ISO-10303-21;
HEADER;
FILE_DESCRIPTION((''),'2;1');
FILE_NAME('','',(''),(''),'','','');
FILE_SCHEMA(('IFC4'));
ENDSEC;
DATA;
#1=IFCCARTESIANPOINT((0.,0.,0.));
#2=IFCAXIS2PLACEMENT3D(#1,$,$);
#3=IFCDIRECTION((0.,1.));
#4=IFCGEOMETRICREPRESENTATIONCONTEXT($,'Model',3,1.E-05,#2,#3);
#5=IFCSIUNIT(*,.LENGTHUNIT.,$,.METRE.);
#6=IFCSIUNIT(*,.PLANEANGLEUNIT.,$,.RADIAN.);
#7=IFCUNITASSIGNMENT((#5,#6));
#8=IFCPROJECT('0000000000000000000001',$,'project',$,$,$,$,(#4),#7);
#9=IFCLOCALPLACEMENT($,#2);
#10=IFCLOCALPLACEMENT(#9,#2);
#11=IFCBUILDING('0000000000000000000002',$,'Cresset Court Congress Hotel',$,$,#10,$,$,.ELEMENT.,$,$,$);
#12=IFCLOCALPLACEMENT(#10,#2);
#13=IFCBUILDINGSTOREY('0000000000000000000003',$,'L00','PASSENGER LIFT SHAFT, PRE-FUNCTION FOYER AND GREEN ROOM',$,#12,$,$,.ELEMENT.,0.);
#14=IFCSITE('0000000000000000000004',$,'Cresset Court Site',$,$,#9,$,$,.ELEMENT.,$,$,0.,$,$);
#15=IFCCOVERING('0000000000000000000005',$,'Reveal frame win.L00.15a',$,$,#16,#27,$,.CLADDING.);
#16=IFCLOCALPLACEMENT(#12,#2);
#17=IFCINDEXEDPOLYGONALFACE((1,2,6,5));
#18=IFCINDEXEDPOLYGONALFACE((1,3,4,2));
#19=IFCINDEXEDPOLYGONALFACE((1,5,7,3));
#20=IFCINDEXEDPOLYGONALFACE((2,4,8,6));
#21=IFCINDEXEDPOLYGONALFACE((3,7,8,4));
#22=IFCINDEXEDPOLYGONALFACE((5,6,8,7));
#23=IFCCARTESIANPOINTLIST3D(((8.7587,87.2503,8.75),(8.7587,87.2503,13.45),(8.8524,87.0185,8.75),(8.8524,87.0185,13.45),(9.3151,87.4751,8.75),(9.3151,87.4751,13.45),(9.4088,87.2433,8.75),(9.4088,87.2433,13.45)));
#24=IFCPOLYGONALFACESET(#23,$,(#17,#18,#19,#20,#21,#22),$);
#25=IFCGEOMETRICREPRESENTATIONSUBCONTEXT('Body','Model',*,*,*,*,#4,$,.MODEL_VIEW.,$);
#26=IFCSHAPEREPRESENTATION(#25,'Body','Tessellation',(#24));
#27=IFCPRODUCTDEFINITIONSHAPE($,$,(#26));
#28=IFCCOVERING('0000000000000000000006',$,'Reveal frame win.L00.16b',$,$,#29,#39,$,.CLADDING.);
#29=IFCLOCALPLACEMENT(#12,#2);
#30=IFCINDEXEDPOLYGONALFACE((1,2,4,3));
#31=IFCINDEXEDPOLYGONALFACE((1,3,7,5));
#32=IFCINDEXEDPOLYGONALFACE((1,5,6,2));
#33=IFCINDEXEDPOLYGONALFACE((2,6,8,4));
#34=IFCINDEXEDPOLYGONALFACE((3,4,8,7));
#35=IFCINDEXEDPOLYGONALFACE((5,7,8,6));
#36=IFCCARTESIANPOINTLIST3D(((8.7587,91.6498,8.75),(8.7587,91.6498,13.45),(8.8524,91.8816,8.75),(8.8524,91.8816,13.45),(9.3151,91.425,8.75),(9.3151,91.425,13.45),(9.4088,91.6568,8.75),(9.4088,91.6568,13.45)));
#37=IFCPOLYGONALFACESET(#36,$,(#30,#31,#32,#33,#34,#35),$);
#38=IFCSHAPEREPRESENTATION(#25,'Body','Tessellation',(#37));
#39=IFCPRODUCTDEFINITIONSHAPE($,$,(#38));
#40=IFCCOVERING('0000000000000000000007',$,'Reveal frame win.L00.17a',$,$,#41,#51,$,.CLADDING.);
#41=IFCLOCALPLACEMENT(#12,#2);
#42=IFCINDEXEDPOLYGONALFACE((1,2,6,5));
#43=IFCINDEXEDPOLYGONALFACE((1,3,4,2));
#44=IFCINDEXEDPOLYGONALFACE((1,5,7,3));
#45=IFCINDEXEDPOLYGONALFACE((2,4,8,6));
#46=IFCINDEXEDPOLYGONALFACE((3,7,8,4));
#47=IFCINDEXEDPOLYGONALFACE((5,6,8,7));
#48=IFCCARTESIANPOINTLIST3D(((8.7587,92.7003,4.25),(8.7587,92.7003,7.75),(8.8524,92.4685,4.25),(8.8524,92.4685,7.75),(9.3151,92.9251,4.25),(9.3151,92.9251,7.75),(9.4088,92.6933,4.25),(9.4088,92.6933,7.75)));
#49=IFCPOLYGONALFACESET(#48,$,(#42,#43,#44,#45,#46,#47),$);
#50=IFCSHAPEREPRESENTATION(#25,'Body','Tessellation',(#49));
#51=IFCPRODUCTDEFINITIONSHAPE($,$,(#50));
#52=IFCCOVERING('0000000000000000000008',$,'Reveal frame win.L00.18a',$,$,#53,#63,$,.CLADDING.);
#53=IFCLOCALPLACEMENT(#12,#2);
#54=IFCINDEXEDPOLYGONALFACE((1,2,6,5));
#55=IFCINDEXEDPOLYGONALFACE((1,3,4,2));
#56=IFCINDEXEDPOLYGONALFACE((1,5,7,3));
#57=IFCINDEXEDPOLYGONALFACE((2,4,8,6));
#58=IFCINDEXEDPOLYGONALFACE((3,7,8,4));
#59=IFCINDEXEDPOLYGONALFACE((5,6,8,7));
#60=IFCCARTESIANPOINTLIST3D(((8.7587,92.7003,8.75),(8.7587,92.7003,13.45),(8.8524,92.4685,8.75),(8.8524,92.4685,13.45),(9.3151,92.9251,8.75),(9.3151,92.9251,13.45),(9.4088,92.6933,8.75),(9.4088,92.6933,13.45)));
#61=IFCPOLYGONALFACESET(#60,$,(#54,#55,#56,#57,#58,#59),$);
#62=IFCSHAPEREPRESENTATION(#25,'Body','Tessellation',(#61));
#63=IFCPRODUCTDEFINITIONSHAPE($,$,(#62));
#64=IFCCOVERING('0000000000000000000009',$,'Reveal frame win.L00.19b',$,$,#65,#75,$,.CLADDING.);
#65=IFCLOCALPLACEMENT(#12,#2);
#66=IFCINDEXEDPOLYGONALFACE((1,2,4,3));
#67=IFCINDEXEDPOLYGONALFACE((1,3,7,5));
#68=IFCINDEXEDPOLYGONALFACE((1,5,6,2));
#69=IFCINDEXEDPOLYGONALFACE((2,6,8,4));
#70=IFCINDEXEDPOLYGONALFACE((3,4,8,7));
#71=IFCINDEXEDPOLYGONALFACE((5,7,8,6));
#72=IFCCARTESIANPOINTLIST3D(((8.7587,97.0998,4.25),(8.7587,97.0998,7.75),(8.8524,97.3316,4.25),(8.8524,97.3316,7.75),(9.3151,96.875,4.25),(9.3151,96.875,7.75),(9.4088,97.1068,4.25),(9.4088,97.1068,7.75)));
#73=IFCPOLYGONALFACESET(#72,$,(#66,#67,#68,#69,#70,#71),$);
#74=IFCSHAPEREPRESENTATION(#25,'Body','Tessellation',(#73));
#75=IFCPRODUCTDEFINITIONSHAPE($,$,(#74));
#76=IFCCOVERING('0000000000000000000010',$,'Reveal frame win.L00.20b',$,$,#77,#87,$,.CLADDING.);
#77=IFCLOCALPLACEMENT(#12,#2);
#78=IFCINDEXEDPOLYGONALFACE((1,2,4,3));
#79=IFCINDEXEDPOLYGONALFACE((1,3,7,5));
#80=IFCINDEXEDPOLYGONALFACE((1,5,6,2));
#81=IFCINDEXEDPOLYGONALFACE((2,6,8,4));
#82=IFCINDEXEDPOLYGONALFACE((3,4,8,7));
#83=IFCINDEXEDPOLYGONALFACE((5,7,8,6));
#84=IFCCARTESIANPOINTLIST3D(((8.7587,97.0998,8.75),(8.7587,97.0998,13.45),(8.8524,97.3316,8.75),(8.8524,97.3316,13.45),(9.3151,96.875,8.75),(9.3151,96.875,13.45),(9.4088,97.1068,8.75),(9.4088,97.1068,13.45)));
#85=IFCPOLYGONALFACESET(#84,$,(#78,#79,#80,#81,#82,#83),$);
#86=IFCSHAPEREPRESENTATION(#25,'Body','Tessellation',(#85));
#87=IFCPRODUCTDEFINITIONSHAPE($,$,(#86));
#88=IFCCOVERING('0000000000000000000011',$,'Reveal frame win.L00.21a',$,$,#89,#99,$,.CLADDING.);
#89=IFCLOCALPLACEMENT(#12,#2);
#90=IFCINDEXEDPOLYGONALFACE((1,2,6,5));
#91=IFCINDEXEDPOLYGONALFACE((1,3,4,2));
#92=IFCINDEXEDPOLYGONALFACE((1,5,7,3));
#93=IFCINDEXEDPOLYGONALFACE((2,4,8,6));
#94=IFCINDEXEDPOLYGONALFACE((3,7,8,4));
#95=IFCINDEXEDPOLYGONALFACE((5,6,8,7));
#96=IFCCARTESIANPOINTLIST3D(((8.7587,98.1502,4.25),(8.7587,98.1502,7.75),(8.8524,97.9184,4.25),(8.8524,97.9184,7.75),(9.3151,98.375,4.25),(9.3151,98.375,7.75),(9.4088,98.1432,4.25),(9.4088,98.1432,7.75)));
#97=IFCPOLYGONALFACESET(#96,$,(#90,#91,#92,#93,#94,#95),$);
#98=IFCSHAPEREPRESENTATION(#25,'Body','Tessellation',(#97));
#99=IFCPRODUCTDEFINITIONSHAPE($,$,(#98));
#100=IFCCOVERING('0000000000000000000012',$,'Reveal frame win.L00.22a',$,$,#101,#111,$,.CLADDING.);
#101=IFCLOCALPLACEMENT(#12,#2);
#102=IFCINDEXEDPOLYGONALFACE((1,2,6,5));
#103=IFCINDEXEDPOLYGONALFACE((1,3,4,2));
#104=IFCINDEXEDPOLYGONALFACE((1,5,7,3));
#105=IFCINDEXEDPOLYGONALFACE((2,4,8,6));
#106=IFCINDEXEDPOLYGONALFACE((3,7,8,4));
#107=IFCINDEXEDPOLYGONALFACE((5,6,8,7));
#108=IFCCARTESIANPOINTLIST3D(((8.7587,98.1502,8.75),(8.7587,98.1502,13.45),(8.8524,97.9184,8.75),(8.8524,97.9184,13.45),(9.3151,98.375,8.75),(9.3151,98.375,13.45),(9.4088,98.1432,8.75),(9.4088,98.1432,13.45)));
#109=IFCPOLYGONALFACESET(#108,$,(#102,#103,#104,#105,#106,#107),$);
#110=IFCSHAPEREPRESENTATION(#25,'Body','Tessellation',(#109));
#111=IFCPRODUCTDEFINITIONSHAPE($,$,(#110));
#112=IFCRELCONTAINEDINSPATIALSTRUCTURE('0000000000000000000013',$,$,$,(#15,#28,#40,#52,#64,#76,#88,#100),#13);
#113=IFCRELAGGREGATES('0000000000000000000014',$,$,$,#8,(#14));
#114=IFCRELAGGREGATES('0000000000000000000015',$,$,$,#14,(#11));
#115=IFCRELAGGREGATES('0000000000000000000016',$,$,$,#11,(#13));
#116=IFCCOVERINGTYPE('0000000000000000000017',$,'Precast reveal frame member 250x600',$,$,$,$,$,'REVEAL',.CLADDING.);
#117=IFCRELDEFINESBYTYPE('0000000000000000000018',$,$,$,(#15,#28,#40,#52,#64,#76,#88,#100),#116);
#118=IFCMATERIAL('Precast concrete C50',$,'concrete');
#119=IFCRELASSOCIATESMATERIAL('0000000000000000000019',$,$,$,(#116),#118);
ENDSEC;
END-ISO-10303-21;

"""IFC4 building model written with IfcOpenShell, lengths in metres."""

from ifc_helpers import new_model, si_unit, direction, frame, origin, origin_2d, place, context, subcontext, project, spatial, rectangle, extrude, material, type_object, element, save


model = new_model("IFC4")

# Units and contexts
model_context = context("Model", 3, precision=1e-05, world=origin(), true_north=direction((0.0, 1.0)))
body_context = subcontext(model_context, "Body", "Model", "MODEL_VIEW")
ifc_project = project(units=[si_unit("LENGTHUNIT", "METRE"), si_unit("PLANEANGLEUNIT", "RADIAN")], contexts=[model_context])

# Site, building, storey
site_placement = place(None, origin())
site = spatial("IfcSite", under=ifc_project, at=site_placement, Name="Cresset Court Site", CompositionType="ELEMENT", RefElevation=0.0)
building_placement = place(site_placement, origin())
building = spatial("IfcBuilding", under=site, at=building_placement, Name="Cresset Court Congress Hotel", CompositionType="ELEMENT")
storey_placement = place(building_placement, origin())
storey = spatial("IfcBuildingStorey", under=building, at=storey_placement, Name="L00", Description="PASSENGER LIFT SHAFT, PRE-FUNCTION FOYER AND GREEN ROOM", CompositionType="ELEMENT", Elevation=0.0)

# Coverings
ifc_material_1 = material(Name="Precast concrete C50", Category="concrete")
covering_type = type_object("IfcCoveringType", Name="Precast reveal frame member 250x600", ElementType="REVEAL", PredefinedType="CLADDING", material=ifc_material_1)
for number, where, z_axis, x_axis, name in (
    (1, (9.0837, 87.2468, 8.75), (0.0, 0.0, 1.0), (-0.374623, 0.927177, 0.0), "Reveal frame win.L00.15a"),
    (2, (9.0837, 91.6533, 8.75), (0.0, 0.0, 1.0), (0.374623, 0.927177, 0.0), "Reveal frame win.L00.16b"),
):
    element("IfcCovering", number, at=place(storey_placement, frame(where, z_axis=z_axis, x_axis=x_axis)), inside=storey, type_object=covering_type, Name=name, PredefinedType="CLADDING", context=body_context, shape_type="SweptSolid", body=[
        extrude(rectangle(XDim=0.25, YDim=0.6001, at=origin_2d()), origin(), (0.0, 0.0, 1.0), 4.7),
    ])
covering_1_placement = place(storey_placement, frame((9.0837, 92.6968, 4.25), z_axis=(0.0, 0.0, 1.0), x_axis=(-0.374623, 0.927177, 0.0)))
element("IfcCovering", 3, at=covering_1_placement, inside=storey, type_object=covering_type, Name="Reveal frame win.L00.17a", PredefinedType="CLADDING", context=body_context, shape_type="SweptSolid", body=[
    extrude(rectangle(XDim=0.25, YDim=0.6001, at=origin_2d()), origin(), (0.0, 0.0, 1.0), 3.5),
])
covering_2_placement = place(storey_placement, frame((9.0837, 92.6968, 8.75), z_axis=(0.0, 0.0, 1.0), x_axis=(-0.374623, 0.927177, 0.0)))
element("IfcCovering", 4, at=covering_2_placement, inside=storey, type_object=covering_type, Name="Reveal frame win.L00.18a", PredefinedType="CLADDING", context=body_context, shape_type="SweptSolid", body=[
    extrude(rectangle(XDim=0.25, YDim=0.6001, at=origin_2d()), origin(), (0.0, 0.0, 1.0), 4.7),
])
covering_3_placement = place(storey_placement, frame((9.0837, 97.1033, 4.25), z_axis=(0.0, 0.0, 1.0), x_axis=(0.374623, 0.927177, 0.0)))
element("IfcCovering", 5, at=covering_3_placement, inside=storey, type_object=covering_type, Name="Reveal frame win.L00.19b", PredefinedType="CLADDING", context=body_context, shape_type="SweptSolid", body=[
    extrude(rectangle(XDim=0.25, YDim=0.6001, at=origin_2d()), origin(), (0.0, 0.0, 1.0), 3.5),
])
covering_4_placement = place(storey_placement, frame((9.0837, 97.1033, 8.75), z_axis=(0.0, 0.0, 1.0), x_axis=(0.374623, 0.927177, 0.0)))
element("IfcCovering", 6, at=covering_4_placement, inside=storey, type_object=covering_type, Name="Reveal frame win.L00.20b", PredefinedType="CLADDING", context=body_context, shape_type="SweptSolid", body=[
    extrude(rectangle(XDim=0.25, YDim=0.6001, at=origin_2d()), origin(), (0.0, 0.0, 1.0), 4.7),
])
covering_5_placement = place(storey_placement, frame((9.0837, 98.1467, 4.25), z_axis=(0.0, 0.0, 1.0), x_axis=(-0.374623, 0.927177, 0.0)))
element("IfcCovering", 7, at=covering_5_placement, inside=storey, type_object=covering_type, Name="Reveal frame win.L00.21a", PredefinedType="CLADDING", context=body_context, shape_type="SweptSolid", body=[
    extrude(rectangle(XDim=0.25, YDim=0.6001, at=origin_2d()), origin(), (0.0, 0.0, 1.0), 3.5),
])
covering_6_placement = place(storey_placement, frame((9.0837, 98.1467, 8.75), z_axis=(0.0, 0.0, 1.0), x_axis=(-0.374623, 0.927177, 0.0)))
element("IfcCovering", 8, at=covering_6_placement, inside=storey, type_object=covering_type, Name="Reveal frame win.L00.22a", PredefinedType="CLADDING", context=body_context, shape_type="SweptSolid", body=[
    extrude(rectangle(XDim=0.25, YDim=0.6001, at=origin_2d()), origin(), (0.0, 0.0, 1.0), 4.7),
])

save(model, "model.ifc")
